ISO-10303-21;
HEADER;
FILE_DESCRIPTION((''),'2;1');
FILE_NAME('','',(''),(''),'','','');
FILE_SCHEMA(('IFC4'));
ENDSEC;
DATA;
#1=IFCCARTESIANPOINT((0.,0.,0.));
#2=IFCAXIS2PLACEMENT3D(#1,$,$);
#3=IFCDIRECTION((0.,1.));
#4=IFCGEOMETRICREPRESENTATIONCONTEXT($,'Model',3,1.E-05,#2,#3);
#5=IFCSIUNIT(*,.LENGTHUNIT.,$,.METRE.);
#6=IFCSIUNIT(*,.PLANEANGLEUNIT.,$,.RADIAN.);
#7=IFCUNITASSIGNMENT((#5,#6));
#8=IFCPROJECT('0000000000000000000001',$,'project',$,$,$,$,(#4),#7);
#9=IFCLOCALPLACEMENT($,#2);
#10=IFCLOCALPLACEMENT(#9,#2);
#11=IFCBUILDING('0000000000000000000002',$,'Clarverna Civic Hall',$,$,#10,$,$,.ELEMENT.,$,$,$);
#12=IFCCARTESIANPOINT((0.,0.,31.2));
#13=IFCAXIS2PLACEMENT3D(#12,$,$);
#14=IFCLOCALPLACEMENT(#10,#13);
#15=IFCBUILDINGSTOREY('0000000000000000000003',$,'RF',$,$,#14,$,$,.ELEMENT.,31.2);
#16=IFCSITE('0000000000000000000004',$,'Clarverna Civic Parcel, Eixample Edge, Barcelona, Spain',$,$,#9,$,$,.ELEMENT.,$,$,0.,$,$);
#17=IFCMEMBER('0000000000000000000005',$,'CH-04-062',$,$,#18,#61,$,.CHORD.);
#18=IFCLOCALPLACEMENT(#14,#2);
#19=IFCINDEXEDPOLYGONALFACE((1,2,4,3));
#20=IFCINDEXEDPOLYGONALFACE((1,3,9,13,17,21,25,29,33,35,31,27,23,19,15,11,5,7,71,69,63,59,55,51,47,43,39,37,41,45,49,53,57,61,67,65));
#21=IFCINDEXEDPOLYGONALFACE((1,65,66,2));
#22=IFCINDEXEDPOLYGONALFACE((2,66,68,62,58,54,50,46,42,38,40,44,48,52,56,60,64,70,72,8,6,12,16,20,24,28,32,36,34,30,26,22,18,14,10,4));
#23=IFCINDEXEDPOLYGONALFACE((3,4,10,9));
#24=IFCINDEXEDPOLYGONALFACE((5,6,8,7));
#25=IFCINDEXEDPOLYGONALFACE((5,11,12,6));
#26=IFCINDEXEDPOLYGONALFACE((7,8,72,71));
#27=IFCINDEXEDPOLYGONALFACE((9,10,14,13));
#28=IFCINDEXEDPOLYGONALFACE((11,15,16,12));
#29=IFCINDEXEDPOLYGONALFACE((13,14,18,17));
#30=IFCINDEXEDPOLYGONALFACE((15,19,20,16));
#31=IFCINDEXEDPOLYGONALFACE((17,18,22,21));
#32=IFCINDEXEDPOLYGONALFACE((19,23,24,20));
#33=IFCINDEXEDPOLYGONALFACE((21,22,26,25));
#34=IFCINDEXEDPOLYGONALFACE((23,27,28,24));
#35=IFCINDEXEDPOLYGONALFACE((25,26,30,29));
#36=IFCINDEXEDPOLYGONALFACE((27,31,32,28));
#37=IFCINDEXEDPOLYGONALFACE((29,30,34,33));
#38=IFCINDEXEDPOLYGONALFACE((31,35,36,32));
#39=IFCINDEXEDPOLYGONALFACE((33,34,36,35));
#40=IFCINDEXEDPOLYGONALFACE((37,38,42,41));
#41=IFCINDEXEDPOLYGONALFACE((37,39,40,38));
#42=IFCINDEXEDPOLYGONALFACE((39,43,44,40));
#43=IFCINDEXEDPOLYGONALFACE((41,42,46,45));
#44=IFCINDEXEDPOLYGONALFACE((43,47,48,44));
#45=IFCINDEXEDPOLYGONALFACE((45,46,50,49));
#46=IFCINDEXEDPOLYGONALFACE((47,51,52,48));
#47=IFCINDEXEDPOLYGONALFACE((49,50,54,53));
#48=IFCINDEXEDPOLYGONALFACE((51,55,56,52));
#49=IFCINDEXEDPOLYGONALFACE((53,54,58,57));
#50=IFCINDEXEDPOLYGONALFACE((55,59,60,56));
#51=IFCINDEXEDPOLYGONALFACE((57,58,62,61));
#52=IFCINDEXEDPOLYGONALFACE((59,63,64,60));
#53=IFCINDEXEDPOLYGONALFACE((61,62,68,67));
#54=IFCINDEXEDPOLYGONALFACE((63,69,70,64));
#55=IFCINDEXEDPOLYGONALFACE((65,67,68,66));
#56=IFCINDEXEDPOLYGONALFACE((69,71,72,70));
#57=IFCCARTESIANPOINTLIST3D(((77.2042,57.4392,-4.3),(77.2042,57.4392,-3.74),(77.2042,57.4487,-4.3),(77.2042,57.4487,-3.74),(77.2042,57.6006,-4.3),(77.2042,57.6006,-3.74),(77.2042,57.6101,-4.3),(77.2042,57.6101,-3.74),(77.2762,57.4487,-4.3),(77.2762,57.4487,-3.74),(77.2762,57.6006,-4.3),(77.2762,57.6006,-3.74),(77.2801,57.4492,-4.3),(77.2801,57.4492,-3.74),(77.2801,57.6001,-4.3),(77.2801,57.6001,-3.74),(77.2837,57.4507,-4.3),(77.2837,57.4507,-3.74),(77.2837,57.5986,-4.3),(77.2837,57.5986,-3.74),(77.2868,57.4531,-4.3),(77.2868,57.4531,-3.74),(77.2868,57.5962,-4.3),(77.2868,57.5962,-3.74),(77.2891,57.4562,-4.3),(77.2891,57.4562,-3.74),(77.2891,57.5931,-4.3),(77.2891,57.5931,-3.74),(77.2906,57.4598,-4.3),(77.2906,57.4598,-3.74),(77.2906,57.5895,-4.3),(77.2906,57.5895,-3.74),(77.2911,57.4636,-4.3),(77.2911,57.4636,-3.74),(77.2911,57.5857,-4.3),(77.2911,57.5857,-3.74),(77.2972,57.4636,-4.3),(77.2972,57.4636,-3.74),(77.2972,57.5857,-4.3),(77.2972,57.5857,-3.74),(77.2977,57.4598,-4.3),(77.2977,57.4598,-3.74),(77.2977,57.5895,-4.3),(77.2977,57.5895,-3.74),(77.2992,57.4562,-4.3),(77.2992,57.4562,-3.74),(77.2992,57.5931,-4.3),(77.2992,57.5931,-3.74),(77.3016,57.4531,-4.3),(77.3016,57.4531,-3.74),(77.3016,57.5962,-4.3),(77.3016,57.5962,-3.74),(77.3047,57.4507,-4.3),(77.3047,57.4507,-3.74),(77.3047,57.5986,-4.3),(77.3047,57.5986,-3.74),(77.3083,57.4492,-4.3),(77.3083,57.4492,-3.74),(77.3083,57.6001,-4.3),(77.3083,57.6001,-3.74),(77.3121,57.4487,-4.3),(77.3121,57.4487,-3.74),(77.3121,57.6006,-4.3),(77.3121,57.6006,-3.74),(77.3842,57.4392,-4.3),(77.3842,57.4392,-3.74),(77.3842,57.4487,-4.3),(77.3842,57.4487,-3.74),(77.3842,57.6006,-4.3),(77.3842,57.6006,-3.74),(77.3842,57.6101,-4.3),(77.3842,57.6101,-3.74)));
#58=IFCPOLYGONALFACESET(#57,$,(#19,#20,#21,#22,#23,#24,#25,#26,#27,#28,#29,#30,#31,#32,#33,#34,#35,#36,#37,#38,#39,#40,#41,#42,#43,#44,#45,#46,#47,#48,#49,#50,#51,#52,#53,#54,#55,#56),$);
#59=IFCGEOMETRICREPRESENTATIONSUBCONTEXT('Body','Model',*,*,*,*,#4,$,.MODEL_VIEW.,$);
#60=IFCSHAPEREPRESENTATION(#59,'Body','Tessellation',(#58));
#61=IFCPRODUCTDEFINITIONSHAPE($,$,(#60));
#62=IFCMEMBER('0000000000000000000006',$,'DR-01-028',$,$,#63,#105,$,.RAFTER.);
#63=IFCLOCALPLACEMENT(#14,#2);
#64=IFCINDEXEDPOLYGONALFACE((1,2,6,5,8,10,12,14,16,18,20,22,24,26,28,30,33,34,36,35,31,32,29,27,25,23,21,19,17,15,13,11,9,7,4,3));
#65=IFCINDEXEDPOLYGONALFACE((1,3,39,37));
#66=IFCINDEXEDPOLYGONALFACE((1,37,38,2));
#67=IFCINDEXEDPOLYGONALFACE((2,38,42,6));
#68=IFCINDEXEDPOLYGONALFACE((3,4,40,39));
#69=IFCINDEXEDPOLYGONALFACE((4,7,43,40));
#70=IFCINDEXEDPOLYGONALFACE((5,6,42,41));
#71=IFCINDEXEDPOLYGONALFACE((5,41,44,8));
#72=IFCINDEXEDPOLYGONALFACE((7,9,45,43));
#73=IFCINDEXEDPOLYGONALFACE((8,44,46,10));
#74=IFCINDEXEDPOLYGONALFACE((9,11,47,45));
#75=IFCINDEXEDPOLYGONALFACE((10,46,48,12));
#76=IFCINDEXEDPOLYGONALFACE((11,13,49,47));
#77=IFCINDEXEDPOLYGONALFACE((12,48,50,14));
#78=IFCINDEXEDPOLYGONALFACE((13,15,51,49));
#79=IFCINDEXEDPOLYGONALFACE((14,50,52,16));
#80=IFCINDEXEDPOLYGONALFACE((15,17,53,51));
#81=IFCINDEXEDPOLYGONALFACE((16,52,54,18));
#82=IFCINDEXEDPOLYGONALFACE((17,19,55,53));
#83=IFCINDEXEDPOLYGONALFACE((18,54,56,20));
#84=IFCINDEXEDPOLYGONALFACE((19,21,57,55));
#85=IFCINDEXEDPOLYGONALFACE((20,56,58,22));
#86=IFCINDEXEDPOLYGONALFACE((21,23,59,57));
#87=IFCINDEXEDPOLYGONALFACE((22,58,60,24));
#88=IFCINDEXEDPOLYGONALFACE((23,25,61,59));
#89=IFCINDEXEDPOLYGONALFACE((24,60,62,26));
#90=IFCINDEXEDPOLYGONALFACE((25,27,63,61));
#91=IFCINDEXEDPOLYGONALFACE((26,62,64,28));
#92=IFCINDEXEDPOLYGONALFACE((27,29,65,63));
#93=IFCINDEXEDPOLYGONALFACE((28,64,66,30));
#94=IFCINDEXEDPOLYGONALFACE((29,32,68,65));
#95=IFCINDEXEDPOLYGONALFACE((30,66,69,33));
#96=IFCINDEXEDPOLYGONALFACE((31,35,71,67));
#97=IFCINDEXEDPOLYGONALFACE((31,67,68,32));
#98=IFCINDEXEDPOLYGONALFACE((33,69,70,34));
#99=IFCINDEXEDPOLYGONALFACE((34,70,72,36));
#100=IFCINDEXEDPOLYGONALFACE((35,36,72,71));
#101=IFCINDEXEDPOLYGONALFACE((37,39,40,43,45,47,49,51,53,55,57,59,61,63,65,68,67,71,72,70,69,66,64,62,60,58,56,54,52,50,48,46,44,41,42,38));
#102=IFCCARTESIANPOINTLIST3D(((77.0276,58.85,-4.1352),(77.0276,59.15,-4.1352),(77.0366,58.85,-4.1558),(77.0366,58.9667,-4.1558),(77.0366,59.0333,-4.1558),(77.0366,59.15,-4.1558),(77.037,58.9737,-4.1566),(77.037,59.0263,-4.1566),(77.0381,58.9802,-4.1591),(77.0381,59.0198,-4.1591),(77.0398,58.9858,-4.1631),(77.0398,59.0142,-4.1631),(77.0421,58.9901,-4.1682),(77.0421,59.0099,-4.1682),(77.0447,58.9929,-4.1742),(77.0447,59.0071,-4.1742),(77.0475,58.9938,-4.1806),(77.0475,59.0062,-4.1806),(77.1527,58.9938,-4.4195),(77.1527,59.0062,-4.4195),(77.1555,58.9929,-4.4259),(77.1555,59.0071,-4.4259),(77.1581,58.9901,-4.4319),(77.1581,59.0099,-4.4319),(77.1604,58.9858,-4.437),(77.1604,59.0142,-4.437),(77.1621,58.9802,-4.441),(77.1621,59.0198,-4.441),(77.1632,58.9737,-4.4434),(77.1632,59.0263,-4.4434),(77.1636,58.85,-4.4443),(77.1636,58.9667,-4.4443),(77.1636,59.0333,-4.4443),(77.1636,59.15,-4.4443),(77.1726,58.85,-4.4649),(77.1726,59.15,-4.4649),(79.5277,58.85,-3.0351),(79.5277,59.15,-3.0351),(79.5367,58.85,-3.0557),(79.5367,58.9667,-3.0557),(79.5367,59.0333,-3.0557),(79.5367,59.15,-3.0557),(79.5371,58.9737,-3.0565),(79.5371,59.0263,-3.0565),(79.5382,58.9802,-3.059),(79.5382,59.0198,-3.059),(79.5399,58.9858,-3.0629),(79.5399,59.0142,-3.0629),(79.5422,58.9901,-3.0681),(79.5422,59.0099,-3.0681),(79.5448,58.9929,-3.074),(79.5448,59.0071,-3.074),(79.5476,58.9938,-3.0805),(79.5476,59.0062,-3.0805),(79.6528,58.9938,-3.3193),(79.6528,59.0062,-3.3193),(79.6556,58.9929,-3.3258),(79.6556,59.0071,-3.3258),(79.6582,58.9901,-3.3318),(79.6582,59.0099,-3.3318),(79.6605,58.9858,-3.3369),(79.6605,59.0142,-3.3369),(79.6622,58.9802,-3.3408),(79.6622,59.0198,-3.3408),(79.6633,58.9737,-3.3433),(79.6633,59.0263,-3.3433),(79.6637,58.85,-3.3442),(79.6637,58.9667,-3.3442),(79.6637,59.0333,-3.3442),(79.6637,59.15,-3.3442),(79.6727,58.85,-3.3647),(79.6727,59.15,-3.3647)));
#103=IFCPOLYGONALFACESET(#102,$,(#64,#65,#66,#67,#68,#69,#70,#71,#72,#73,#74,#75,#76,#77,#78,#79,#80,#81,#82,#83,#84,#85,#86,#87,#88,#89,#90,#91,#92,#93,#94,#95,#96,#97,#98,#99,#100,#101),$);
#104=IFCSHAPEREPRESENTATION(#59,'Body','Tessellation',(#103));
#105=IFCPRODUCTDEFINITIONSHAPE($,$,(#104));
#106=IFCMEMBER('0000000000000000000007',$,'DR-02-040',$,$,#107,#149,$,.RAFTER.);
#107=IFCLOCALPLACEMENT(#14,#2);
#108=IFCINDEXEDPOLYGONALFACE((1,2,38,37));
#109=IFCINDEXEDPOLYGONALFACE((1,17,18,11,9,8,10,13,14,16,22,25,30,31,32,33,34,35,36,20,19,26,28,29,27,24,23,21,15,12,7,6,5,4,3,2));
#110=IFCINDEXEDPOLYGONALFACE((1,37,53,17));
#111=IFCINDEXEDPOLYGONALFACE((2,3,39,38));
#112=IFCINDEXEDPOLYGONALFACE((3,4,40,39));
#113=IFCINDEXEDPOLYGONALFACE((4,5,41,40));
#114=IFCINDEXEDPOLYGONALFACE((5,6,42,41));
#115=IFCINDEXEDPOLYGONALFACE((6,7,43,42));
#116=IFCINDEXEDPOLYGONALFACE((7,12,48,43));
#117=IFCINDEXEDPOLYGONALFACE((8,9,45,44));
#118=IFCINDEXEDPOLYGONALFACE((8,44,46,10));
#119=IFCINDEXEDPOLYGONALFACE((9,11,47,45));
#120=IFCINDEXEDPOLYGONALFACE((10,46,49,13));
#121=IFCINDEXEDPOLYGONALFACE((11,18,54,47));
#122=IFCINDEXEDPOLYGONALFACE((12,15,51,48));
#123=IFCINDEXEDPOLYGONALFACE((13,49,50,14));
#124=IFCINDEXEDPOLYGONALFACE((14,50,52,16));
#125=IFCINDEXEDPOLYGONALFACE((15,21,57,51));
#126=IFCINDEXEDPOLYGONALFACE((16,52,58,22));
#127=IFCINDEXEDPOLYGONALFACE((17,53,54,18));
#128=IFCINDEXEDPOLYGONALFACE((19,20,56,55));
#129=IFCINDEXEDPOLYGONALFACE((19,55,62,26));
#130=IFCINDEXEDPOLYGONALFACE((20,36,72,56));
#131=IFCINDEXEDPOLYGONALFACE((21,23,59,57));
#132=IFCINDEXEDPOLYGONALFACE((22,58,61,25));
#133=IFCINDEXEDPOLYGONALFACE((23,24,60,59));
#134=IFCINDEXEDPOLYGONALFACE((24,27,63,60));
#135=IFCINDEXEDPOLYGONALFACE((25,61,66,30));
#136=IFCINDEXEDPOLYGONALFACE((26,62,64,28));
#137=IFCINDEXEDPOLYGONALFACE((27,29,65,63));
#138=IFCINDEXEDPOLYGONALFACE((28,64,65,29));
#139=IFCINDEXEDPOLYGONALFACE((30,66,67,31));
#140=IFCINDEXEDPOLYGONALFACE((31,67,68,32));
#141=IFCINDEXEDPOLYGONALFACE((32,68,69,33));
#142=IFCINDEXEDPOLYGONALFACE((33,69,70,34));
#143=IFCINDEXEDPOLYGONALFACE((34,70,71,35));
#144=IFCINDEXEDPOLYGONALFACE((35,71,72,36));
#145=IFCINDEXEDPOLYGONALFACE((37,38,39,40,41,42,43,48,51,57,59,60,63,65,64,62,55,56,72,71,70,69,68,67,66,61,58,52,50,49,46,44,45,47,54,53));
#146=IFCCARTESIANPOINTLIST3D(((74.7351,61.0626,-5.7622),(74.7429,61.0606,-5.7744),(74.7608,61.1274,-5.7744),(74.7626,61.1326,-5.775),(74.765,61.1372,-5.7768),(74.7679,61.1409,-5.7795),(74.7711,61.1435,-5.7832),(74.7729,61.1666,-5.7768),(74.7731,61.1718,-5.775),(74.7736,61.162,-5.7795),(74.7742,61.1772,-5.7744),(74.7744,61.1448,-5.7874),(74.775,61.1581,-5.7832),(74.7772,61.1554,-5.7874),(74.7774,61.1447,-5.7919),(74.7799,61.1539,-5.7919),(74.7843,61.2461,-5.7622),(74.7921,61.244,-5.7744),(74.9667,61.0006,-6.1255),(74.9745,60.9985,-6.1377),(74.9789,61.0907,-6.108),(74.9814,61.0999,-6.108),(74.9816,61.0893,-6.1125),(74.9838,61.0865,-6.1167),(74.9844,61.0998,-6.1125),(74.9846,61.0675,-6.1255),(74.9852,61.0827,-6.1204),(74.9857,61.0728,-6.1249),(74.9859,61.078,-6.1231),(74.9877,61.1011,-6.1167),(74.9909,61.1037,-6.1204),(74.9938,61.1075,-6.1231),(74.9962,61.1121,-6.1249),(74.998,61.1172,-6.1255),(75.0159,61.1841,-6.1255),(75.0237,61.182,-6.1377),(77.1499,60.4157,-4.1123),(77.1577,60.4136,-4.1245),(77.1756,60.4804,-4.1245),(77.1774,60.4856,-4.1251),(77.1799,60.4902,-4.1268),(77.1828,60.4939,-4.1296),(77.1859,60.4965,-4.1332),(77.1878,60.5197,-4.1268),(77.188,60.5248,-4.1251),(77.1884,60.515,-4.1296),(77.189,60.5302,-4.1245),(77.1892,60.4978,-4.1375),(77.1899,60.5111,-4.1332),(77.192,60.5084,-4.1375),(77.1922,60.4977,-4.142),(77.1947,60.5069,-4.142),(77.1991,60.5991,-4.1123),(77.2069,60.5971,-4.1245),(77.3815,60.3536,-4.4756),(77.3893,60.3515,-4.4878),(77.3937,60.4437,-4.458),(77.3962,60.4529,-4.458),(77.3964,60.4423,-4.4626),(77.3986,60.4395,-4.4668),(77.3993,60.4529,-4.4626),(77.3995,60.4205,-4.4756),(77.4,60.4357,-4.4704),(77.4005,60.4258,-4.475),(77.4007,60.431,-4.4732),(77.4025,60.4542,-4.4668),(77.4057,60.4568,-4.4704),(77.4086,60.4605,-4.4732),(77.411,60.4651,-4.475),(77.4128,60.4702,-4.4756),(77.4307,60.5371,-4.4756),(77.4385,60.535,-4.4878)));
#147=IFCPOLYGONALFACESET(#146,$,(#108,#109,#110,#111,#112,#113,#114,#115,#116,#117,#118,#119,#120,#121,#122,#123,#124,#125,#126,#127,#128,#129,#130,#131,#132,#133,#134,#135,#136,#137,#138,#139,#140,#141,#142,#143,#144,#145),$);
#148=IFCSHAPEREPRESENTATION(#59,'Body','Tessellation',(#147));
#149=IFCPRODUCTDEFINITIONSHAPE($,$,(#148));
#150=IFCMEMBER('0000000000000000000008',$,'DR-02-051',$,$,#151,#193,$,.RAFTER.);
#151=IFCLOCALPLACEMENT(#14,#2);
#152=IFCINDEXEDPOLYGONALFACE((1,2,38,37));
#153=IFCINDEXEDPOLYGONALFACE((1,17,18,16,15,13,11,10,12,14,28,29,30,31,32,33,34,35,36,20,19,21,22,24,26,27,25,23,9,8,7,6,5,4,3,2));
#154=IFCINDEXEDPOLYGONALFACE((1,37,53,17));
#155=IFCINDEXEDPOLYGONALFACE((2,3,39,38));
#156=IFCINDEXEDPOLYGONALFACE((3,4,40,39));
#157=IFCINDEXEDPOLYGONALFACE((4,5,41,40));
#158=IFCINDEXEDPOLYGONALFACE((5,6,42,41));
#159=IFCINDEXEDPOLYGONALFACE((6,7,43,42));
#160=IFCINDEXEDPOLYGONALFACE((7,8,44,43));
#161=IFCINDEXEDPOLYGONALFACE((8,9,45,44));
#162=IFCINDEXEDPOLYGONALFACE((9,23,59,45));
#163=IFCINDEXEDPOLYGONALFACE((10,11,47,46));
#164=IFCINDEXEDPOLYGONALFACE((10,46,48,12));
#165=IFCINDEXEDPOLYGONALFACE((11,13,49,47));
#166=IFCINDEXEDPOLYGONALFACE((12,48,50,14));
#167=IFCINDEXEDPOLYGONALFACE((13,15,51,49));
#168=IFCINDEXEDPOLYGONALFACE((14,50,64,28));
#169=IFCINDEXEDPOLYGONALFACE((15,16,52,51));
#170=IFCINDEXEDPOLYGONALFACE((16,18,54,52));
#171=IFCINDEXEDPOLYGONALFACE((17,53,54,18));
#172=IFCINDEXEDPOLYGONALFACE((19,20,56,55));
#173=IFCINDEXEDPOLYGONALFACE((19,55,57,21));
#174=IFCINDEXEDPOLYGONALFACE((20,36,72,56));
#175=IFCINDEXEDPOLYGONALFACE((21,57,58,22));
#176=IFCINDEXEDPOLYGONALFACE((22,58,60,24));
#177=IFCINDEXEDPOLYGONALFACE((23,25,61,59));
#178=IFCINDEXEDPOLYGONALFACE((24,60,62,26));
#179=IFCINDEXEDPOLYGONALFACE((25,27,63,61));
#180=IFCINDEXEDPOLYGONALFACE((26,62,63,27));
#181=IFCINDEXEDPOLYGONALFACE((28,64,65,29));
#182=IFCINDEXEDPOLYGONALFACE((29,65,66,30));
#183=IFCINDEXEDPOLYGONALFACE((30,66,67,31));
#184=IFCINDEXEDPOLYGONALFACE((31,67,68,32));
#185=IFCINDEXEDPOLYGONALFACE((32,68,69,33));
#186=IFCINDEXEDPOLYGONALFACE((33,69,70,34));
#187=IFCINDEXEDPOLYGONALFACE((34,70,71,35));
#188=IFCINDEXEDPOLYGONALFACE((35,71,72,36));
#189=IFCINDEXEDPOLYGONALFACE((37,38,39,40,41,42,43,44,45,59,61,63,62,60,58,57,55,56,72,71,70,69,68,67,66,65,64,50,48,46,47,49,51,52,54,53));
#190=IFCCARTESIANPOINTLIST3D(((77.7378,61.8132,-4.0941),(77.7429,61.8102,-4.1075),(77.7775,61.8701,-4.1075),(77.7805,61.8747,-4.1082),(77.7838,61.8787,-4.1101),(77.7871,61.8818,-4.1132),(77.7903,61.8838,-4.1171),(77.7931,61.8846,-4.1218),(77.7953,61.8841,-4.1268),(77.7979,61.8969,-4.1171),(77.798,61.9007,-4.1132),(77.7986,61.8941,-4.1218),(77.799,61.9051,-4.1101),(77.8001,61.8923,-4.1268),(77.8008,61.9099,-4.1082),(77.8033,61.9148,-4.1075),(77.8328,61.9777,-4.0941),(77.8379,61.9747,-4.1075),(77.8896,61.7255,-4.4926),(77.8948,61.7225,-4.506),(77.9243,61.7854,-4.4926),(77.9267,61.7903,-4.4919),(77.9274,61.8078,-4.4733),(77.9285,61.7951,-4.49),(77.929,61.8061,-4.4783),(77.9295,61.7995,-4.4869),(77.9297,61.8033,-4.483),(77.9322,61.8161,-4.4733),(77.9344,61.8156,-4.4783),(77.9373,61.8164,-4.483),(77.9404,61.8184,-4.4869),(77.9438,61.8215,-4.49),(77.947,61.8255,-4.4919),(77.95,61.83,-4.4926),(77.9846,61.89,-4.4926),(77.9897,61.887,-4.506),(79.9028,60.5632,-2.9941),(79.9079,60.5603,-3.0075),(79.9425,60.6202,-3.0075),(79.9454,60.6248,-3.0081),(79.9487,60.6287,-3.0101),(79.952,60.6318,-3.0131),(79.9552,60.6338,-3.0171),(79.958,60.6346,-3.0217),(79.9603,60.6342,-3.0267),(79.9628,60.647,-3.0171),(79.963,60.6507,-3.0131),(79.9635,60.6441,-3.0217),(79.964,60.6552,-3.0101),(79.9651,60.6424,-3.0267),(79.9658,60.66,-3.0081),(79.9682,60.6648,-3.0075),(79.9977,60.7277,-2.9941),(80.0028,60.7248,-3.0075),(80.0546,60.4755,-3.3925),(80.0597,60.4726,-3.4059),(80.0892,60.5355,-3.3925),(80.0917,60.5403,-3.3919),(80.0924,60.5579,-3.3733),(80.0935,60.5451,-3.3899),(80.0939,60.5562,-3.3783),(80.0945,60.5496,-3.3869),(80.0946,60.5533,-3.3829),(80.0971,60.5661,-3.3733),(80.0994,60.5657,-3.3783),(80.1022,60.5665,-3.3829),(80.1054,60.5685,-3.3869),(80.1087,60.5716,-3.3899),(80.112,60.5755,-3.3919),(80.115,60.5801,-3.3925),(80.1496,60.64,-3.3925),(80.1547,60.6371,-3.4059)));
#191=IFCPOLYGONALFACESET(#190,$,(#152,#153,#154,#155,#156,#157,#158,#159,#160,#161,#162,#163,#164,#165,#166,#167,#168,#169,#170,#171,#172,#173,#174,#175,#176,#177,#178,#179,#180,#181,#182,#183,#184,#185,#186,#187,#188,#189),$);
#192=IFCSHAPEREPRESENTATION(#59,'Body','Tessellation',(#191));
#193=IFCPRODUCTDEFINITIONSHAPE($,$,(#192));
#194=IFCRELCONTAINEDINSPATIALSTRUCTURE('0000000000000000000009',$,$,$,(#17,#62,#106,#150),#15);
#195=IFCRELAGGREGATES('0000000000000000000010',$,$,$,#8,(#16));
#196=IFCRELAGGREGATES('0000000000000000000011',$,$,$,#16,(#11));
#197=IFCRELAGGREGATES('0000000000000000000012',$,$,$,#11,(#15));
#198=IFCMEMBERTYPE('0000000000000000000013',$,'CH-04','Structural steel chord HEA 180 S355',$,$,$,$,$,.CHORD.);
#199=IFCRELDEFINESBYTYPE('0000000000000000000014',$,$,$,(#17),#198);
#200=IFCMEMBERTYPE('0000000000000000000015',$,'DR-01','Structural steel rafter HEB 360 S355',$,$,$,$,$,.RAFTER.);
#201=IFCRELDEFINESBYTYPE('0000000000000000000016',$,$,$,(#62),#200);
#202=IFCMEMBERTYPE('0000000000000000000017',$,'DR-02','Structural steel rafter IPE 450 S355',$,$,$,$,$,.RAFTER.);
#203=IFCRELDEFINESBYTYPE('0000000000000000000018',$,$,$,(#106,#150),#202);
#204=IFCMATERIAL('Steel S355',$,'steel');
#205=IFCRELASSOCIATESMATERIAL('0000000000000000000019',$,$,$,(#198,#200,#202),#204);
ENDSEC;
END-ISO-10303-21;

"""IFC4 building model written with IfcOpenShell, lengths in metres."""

from ifc_helpers import new_model, si_unit, direction, frame, origin, origin_2d, place, context, subcontext, project, spatial, i_section, extrude, material, material_profile, profile_set, type_object, element, save


model = new_model("IFC4")

# Units and contexts
model_context = context("Model", 3, precision=1e-05, world=origin(), true_north=direction((0.0, 1.0)))
body_context = subcontext(model_context, "Body", "Model", "MODEL_VIEW")
ifc_project = project(units=[si_unit("LENGTHUNIT", "METRE"), si_unit("PLANEANGLEUNIT", "RADIAN")], contexts=[model_context])

# Site, building, storey
site_placement = place(None, origin())
site = spatial("IfcSite", under=ifc_project, at=site_placement, Name="Clarverna Civic Parcel, Eixample Edge, Barcelona, Spain", CompositionType="ELEMENT", RefElevation=0.0)
building_placement = place(site_placement, origin())
building = spatial("IfcBuilding", under=site, at=building_placement, Name="Clarverna Civic Hall", CompositionType="ELEMENT")
storey_placement = place(building_placement, frame((0.0, 0.0, 31.2)))
storey = spatial("IfcBuildingStorey", under=building, at=storey_placement, Name="RF", CompositionType="ELEMENT", Elevation=31.2)

# Members
ifc_material_1 = material(Name="Steel S355", Category="steel")
ifc_material_profile_1 = material_profile(ifc_material_1, i_section(OverallWidth=0.1799, OverallDepth=0.1709, WebThickness=0.0061, FlangeThickness=0.0095, FilletRadius=0.0149, at=origin_2d()), Name="HEA 180")
ifc_profile_set_1 = profile_set([ifc_material_profile_1], Name="Steel S355")
member_type_1 = type_object("IfcMemberType", Name="CH-04", Description="Structural steel chord HEA 180 S355", PredefinedType="CHORD", material=ifc_profile_set_1)
for number, where, z_axis, x_axis, name in (
    (1, (77.2942, 57.5247, -4.3), (0.0, 0.0, 1.0), (1.0, 0.0, 0.0), "CH-04-062"),
):
    element("IfcMember", number, at=place(storey_placement, frame(where, z_axis=z_axis, x_axis=x_axis)), inside=storey, type_object=member_type_1, Name=name, PredefinedType="CHORD", context=body_context, shape_type="SweptSolid", body=[
        extrude(i_section(OverallWidth=0.1799, OverallDepth=0.1709, WebThickness=0.0061, FlangeThickness=0.0095, FilletRadius=0.0149, at=origin_2d()), origin(), (0.0, 0.0, 1.0), 0.5601),
    ])
ifc_material_profile_2 = material_profile(ifc_material_1, i_section(OverallWidth=0.3, OverallDepth=0.3601, WebThickness=0.0125, FlangeThickness=0.0225, FilletRadius=0.0271, at=origin_2d()), Name="HEB 360")
ifc_profile_set_2 = profile_set([ifc_material_profile_2], Name="Steel S355")
member_type_2 = type_object("IfcMemberType", Name="DR-01", Description="Structural steel rafter HEB 360 S355", PredefinedType="RAFTER", material=ifc_profile_set_2)
member_1_placement = place(storey_placement, frame((77.1001, 59.0, -4.3), z_axis=(0.915302, 0.0, 0.402769), x_axis=(0.0, 1.0, 0.0)))
element("IfcMember", 2, at=member_1_placement, inside=storey, type_object=member_type_2, Name="DR-01-028", PredefinedType="RAFTER", context=body_context, shape_type="SweptSolid", body=[
    extrude(i_section(OverallWidth=0.3, OverallDepth=0.3601, WebThickness=0.0125, FlangeThickness=0.0225, FilletRadius=0.0271, at=origin_2d()), origin(), (0.0, 0.0, 1.0), 2.7314),
])
ifc_material_profile_3 = material_profile(ifc_material_1, i_section(OverallWidth=0.1899, OverallDepth=0.45, WebThickness=0.0095, FlangeThickness=0.0146, FilletRadius=0.021, at=origin_2d()), Name="IPE 450")
ifc_profile_set_3 = profile_set([ifc_material_profile_3], Name="Steel S355")
member_type_3 = type_object("IfcMemberType", Name="DR-02", Description="Structural steel rafter IPE 450 S355", PredefinedType="RAFTER", material=ifc_profile_set_3)
member_2_placement = place(storey_placement, frame((74.8794, 61.1223, -5.95), z_axis=(0.806187, -0.215994, 0.550825), x_axis=(0.258793, 0.965933, 0.0)))
element("IfcMember", 3, at=member_2_placement, inside=storey, type_object=member_type_3, Name="DR-02-040", PredefinedType="RAFTER", context=body_context, shape_type="SweptSolid", body=[
    extrude(i_section(OverallWidth=0.1899, OverallDepth=0.45, WebThickness=0.0095, FlangeThickness=0.0146, FilletRadius=0.021, at=origin_2d()), origin(), (0.0, 0.0, 1.0), 2.9954),
])
member_3_placement = place(storey_placement, frame((77.8638, 61.8501, -4.3), z_axis=(0.792671, -0.457654, 0.402771), x_axis=(0.500004, 0.866023, 0.0)))
element("IfcMember", 4, at=member_3_placement, inside=storey, type_object=member_type_3, Name="DR-02-051", PredefinedType="RAFTER", context=body_context, shape_type="SweptSolid", body=[
    extrude(i_section(OverallWidth=0.1899, OverallDepth=0.45, WebThickness=0.0095, FlangeThickness=0.0146, FilletRadius=0.021, at=origin_2d()), origin(), (0.0, 0.0, 1.0), 2.7312),
])

save(model, "model.ifc")
